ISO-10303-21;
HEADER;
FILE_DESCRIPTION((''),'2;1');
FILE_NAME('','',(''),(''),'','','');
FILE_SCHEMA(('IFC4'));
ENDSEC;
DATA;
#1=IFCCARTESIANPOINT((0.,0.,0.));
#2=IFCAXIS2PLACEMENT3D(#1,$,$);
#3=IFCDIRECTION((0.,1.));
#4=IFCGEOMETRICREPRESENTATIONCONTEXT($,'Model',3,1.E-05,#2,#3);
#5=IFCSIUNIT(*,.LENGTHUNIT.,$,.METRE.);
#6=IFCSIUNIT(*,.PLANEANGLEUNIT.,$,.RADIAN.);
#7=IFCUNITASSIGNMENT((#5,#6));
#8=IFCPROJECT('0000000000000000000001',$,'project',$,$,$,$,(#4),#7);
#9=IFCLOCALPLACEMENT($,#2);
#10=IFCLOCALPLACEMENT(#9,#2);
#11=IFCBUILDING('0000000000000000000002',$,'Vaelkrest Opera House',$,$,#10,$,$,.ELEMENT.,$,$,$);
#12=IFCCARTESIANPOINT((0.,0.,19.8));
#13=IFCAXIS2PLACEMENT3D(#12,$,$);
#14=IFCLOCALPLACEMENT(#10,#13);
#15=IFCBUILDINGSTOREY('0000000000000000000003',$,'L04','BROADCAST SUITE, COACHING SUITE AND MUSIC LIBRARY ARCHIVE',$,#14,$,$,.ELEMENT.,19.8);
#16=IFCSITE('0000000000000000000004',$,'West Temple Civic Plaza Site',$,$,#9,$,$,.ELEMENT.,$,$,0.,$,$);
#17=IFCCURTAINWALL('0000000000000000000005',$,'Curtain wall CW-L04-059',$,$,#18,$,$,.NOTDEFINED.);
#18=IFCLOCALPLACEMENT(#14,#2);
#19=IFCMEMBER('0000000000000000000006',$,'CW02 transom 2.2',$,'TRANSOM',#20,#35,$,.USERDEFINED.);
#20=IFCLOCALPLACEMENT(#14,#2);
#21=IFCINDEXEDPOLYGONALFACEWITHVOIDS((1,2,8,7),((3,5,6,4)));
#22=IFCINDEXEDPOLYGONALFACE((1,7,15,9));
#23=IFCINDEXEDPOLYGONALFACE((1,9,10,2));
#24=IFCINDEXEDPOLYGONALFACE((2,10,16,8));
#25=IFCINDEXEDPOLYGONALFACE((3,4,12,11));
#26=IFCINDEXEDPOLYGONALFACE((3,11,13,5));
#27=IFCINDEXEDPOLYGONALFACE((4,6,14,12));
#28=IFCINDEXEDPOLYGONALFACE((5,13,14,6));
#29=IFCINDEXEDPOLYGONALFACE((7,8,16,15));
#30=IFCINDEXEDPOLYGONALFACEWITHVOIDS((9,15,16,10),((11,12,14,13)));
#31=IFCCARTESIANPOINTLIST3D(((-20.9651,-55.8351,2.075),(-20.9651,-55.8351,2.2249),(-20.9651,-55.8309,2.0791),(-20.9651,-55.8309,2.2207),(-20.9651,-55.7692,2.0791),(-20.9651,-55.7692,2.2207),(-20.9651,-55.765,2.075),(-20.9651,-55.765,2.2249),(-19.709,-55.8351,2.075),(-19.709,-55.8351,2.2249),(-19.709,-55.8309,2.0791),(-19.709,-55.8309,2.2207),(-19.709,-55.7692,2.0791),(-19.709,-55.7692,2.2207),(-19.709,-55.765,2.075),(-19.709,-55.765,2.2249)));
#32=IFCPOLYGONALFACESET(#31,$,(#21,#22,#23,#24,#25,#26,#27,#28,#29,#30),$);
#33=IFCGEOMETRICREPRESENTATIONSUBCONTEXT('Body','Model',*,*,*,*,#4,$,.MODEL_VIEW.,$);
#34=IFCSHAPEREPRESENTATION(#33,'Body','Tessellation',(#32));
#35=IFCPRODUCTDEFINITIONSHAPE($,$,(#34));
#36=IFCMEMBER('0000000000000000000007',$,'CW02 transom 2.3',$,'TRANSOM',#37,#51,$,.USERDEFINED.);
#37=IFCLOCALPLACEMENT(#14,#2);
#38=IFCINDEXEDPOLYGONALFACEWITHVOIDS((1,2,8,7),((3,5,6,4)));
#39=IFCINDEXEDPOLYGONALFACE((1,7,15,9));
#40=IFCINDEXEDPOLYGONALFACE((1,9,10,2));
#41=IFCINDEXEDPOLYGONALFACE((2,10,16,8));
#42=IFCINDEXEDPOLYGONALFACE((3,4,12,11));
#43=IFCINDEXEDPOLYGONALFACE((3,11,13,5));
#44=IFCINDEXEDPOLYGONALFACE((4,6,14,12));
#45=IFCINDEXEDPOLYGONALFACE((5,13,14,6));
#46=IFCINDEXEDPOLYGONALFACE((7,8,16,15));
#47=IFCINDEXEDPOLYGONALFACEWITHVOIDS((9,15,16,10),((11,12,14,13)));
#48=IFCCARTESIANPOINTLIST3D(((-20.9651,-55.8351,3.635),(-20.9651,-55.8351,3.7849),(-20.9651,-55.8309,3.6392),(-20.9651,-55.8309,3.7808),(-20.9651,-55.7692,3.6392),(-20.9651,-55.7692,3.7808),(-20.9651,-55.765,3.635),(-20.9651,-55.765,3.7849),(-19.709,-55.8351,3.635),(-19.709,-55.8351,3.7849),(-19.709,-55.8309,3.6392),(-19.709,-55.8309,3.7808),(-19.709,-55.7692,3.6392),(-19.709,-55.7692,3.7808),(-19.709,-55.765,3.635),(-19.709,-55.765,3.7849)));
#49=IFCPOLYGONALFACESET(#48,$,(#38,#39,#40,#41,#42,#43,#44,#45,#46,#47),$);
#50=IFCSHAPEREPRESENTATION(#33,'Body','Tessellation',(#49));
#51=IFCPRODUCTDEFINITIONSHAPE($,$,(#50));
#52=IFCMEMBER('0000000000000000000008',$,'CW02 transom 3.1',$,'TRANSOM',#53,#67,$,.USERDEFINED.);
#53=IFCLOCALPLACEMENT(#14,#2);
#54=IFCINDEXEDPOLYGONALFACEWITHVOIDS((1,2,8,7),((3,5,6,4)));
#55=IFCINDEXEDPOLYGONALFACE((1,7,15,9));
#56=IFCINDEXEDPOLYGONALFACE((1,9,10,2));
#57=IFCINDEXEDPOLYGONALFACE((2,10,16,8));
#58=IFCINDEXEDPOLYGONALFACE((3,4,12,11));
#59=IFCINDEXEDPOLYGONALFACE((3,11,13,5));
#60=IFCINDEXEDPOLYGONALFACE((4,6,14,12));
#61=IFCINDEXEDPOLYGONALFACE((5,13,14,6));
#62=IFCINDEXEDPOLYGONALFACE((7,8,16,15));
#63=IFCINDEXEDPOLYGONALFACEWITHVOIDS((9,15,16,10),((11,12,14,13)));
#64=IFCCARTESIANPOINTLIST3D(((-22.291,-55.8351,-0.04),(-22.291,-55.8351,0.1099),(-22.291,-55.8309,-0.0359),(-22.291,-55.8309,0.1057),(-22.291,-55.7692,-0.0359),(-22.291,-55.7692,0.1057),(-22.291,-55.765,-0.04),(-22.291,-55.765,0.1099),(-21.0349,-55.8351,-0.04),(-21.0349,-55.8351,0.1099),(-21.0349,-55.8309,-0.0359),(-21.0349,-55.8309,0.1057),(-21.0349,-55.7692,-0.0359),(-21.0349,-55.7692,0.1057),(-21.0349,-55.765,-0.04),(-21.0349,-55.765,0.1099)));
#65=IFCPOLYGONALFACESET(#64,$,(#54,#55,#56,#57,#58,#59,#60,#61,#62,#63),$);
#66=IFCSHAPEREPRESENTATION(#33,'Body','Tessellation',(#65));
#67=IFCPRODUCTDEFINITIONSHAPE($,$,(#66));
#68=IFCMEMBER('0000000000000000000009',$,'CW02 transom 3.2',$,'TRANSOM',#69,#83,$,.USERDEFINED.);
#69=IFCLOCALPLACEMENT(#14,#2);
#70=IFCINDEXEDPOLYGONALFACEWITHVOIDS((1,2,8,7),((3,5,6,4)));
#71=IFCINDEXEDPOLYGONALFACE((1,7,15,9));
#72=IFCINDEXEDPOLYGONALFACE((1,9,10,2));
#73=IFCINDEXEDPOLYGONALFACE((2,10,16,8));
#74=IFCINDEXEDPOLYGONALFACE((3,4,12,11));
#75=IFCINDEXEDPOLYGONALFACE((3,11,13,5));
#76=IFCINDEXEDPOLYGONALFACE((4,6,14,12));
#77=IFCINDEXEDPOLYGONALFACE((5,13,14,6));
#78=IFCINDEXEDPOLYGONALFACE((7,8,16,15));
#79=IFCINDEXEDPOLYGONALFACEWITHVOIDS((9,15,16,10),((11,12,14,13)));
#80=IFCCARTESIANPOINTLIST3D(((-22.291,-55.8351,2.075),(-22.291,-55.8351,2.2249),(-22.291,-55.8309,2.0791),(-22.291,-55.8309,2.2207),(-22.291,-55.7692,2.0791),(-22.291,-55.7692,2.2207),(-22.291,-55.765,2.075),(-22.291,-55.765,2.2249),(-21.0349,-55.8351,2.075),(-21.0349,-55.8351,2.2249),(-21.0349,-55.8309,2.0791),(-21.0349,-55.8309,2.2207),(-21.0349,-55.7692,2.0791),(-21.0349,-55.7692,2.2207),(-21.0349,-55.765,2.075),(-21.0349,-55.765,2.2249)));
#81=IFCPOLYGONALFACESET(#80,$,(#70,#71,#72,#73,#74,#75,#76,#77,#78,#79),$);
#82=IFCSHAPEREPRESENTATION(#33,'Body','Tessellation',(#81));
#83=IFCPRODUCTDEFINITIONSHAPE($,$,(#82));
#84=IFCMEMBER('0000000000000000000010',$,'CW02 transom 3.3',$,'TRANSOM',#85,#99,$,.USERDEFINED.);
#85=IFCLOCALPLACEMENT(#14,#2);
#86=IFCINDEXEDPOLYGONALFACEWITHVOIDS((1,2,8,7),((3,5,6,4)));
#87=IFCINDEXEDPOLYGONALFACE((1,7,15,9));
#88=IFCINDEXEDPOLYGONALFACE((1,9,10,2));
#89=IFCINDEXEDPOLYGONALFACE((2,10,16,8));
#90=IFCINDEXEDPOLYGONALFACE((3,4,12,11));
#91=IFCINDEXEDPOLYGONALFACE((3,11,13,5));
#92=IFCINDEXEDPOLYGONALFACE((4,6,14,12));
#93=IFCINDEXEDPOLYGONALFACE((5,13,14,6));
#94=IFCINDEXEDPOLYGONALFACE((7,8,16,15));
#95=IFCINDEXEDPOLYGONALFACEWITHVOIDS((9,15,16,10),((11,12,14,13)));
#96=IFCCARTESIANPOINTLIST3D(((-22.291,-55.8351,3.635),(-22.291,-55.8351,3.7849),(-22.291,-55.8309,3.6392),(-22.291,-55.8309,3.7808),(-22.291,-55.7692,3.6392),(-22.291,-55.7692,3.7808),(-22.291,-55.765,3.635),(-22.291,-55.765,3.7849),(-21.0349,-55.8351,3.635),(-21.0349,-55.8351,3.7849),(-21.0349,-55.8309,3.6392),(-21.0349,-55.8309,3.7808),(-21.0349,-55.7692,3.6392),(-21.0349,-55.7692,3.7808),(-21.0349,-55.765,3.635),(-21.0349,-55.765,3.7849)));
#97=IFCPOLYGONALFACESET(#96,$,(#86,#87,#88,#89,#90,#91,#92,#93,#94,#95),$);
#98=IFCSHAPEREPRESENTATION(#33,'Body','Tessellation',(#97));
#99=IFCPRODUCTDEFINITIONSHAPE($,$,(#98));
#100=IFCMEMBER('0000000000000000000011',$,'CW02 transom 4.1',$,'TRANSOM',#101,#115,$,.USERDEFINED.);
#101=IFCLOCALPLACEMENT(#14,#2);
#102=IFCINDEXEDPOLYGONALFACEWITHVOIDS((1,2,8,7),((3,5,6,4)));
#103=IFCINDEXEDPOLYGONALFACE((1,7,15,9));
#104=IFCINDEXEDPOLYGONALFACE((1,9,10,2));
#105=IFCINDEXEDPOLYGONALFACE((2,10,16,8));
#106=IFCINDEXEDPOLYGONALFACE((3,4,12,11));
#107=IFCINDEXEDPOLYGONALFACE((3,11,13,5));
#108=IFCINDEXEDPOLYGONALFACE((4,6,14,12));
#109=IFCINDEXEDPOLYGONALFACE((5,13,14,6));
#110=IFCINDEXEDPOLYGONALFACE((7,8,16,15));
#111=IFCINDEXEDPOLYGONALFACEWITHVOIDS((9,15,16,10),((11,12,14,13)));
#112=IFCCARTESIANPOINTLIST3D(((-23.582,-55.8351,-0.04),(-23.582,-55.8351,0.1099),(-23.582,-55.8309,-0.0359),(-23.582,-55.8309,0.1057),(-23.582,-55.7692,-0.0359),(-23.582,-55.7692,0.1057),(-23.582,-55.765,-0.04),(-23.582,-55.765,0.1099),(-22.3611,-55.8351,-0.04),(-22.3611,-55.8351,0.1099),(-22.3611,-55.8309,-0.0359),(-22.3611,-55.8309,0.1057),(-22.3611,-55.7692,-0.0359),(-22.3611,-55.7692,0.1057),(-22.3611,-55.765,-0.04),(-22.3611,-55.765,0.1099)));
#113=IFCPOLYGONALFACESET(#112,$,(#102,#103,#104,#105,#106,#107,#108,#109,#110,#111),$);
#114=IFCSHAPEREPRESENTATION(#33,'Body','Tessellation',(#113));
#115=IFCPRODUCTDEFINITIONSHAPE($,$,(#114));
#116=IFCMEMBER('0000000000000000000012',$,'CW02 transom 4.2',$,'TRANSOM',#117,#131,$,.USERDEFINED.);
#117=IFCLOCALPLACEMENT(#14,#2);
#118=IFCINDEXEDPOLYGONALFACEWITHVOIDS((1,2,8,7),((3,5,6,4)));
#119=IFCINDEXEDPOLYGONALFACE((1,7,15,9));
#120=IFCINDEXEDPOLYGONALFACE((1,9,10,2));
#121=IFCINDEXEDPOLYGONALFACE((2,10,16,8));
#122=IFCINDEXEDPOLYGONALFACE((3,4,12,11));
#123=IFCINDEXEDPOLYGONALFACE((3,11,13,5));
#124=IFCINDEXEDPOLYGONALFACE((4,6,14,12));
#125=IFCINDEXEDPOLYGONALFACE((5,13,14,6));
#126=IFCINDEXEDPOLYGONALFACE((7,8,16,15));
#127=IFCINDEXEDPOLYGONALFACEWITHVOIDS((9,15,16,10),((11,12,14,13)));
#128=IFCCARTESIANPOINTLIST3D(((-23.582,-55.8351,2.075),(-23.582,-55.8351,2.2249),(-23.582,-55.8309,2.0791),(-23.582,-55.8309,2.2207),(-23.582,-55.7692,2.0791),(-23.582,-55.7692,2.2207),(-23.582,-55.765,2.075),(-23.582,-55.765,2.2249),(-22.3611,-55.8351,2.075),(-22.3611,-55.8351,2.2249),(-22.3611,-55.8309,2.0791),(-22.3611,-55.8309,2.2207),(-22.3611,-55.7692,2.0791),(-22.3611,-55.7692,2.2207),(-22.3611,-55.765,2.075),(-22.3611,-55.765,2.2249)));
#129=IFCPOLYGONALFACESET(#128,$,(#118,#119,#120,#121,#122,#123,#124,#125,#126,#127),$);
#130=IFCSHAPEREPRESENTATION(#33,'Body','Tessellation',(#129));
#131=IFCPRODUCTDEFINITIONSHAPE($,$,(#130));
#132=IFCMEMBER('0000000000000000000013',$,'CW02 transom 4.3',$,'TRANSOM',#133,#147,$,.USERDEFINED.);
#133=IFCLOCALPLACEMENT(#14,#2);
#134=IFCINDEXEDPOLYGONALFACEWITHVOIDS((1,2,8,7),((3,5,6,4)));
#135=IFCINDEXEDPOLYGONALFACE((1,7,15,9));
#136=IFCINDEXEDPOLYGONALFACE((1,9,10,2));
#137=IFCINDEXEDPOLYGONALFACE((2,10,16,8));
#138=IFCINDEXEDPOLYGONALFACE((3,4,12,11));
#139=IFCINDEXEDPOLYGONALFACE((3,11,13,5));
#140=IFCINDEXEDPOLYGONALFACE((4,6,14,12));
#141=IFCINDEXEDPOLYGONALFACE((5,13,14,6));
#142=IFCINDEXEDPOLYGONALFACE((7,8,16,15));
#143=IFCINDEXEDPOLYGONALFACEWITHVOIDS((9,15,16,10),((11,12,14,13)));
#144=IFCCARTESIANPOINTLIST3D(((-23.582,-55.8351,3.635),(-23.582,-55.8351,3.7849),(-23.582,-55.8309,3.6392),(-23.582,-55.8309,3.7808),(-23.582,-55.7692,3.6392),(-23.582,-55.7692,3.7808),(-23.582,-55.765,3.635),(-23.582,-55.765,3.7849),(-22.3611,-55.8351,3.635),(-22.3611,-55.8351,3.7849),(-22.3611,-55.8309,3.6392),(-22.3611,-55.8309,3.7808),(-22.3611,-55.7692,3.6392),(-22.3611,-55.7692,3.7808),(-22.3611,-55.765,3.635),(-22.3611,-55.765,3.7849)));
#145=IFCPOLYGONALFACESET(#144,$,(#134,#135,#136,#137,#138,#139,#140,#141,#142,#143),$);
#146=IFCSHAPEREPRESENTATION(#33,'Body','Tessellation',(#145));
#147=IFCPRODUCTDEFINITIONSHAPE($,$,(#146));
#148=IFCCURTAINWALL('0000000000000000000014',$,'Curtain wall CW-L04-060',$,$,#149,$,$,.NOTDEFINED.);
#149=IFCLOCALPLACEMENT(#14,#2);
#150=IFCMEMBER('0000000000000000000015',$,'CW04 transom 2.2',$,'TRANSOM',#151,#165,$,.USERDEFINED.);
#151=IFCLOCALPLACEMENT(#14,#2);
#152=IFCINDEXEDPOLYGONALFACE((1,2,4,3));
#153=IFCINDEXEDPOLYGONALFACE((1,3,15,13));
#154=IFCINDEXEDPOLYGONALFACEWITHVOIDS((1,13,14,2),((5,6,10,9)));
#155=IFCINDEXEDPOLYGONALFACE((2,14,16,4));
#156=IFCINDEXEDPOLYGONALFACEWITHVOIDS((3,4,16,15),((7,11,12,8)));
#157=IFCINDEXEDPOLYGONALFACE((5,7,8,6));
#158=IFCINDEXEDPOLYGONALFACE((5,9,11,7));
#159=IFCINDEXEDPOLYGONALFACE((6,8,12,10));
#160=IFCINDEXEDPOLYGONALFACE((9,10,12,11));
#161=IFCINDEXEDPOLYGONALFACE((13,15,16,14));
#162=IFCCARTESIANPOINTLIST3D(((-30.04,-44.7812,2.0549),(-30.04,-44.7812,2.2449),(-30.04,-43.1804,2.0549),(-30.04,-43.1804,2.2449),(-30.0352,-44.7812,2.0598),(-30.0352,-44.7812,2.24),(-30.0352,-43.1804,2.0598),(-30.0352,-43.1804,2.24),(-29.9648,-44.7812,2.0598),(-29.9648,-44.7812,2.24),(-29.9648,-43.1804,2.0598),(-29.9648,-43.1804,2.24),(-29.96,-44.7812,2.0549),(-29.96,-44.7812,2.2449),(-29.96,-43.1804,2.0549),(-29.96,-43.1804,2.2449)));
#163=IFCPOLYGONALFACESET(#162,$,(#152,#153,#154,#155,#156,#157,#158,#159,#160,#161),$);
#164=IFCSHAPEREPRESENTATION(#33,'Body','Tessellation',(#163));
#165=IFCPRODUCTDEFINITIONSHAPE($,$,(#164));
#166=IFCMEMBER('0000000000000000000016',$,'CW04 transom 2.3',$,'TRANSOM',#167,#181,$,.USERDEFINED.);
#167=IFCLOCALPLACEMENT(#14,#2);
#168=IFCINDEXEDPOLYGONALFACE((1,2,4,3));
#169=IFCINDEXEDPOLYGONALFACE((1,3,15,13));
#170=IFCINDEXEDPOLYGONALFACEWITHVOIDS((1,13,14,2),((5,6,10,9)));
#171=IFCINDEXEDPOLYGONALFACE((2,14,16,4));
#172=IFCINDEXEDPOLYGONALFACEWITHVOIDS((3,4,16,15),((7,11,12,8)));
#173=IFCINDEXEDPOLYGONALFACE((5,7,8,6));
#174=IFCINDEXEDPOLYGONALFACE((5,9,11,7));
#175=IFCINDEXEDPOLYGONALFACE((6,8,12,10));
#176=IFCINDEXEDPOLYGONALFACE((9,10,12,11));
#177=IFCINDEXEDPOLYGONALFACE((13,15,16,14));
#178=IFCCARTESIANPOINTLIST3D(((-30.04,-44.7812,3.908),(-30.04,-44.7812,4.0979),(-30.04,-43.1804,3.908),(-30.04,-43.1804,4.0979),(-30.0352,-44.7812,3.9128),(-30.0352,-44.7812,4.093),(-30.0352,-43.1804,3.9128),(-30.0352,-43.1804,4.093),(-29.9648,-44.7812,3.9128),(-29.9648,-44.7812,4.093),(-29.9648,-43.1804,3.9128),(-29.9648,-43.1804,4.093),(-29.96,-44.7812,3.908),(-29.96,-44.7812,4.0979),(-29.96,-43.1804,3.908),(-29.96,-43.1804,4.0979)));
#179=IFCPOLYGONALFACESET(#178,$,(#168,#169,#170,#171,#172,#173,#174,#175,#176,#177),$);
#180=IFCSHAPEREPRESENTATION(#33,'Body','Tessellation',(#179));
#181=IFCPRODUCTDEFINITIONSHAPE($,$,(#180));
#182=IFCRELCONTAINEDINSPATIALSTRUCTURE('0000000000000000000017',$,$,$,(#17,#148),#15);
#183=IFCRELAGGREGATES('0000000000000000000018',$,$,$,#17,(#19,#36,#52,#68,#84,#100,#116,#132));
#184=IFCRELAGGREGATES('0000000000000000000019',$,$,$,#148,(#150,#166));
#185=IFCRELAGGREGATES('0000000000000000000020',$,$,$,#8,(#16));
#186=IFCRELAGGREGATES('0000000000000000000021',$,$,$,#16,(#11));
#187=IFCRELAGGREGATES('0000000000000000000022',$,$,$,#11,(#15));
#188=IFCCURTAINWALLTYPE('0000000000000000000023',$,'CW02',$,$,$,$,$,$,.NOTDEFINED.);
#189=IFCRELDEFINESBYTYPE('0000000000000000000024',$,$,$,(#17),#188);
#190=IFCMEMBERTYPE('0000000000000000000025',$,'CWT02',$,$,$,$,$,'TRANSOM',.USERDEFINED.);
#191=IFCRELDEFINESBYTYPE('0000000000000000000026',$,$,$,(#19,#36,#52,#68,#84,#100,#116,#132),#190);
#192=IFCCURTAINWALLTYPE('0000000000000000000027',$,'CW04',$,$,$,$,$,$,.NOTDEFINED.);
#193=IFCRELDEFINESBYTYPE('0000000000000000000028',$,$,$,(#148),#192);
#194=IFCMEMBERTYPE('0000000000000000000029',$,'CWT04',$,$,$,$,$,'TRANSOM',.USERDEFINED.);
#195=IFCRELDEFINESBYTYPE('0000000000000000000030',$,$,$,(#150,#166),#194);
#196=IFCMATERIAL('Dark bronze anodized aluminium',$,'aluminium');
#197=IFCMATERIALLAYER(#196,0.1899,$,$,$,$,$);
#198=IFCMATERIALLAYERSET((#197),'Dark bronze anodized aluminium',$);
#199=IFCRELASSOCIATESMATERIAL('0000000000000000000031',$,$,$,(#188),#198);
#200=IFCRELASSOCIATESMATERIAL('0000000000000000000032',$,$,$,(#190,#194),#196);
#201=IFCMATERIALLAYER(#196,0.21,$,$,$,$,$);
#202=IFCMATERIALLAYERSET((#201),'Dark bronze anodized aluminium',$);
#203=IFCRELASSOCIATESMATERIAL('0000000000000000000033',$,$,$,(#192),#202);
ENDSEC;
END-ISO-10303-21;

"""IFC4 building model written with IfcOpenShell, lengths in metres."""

from ifc_helpers import new_model, si_unit, direction, frame, origin, origin_2d, place, context, subcontext, project, spatial, hollow_rectangle, extrude, material, layer, layer_set, material_profile, profile_set, type_object, element, aggregate, save


model = new_model("IFC4")

# Units and contexts
model_context = context("Model", 3, precision=1e-05, world=origin(), true_north=direction((0.0, 1.0)))
body_context = subcontext(model_context, "Body", "Model", "MODEL_VIEW")
ifc_project = project(units=[si_unit("LENGTHUNIT", "METRE"), si_unit("PLANEANGLEUNIT", "RADIAN")], contexts=[model_context])

# Site, building, storey
site_placement = place(None, origin())
site = spatial("IfcSite", under=ifc_project, at=site_placement, Name="West Temple Civic Plaza Site", CompositionType="ELEMENT", RefElevation=0.0)
building_placement = place(site_placement, origin())
building = spatial("IfcBuilding", under=site, at=building_placement, Name="Vaelkrest Opera House", CompositionType="ELEMENT")
storey_placement = place(building_placement, frame((0.0, 0.0, 19.8)))
storey = spatial("IfcBuildingStorey", under=building, at=storey_placement, Name="L04", Description="BROADCAST SUITE, COACHING SUITE AND MUSIC LIBRARY ARCHIVE", CompositionType="ELEMENT", Elevation=19.8)

# Curtain walls, members
ifc_material_1 = material(Name="Dark bronze anodized aluminium", Category="aluminium")
ifc_layer_1 = layer(ifc_material_1, 0.1899)
ifc_layer_set_1 = layer_set([ifc_layer_1], Name="Dark bronze anodized aluminium")
curtain_wall_type_1 = type_object("IfcCurtainWallType", Name="CW02", PredefinedType="NOTDEFINED", material=ifc_layer_set_1)
curtain_wall_1_placement = place(storey_placement, origin())
curtain_wall_1 = element("IfcCurtainWall", 1, at=curtain_wall_1_placement, inside=storey, type_object=curtain_wall_type_1, Name="Curtain wall CW-L04-059", PredefinedType="NOTDEFINED")
ifc_material_profile_1 = material_profile(ifc_material_1, hollow_rectangle(XDim=0.0701, YDim=0.1499, WallThickness=0.0042, at=origin_2d()), Name="CWT70X150")
ifc_profile_set_1 = profile_set([ifc_material_profile_1], Name="Dark bronze anodized aluminium")
member_type_1 = type_object("IfcMemberType", Name="CWT02", ElementType="TRANSOM", PredefinedType="USERDEFINED", material=ifc_profile_set_1)
member_1_placement = place(storey_placement, frame((-19.709, -55.8, 2.1499), z_axis=(-1.0, 0.0, 0.0), x_axis=(0.0, -1.0, 0.0)))
member_1 = element("IfcMember", 2, at=member_1_placement, type_object=member_type_1, Name="CW02 transom 2.2", ObjectType="TRANSOM", PredefinedType="USERDEFINED", context=body_context, shape_type="SweptSolid", body=[
    extrude(hollow_rectangle(XDim=0.0701, YDim=0.1499, WallThickness=0.0042, at=origin_2d()), origin(), (0.0, 0.0, 1.0), 1.2561),
])
member_2_placement = place(storey_placement, frame((-19.709, -55.8, 3.71), z_axis=(-1.0, 0.0, 0.0), x_axis=(0.0, -1.0, 0.0)))
member_2 = element("IfcMember", 3, at=member_2_placement, type_object=member_type_1, Name="CW02 transom 2.3", ObjectType="TRANSOM", PredefinedType="USERDEFINED", context=body_context, shape_type="SweptSolid", body=[
    extrude(hollow_rectangle(XDim=0.0701, YDim=0.1499, WallThickness=0.0042, at=origin_2d()), origin(), (0.0, 0.0, 1.0), 1.2561),
])
member_3_placement = place(storey_placement, frame((-21.0349, -55.8, 0.0349), z_axis=(-1.0, 0.0, 0.0), x_axis=(0.0, -1.0, 0.0)))
member_3 = element("IfcMember", 4, at=member_3_placement, type_object=member_type_1, Name="CW02 transom 3.1", ObjectType="TRANSOM", PredefinedType="USERDEFINED", context=body_context, shape_type="SweptSolid", body=[
    extrude(hollow_rectangle(XDim=0.0701, YDim=0.1499, WallThickness=0.0042, at=origin_2d()), origin(), (0.0, 0.0, 1.0), 1.2561),
])
member_4_placement = place(storey_placement, frame((-21.0349, -55.8, 2.1499), z_axis=(-1.0, 0.0, 0.0), x_axis=(0.0, -1.0, 0.0)))
member_4 = element("IfcMember", 5, at=member_4_placement, type_object=member_type_1, Name="CW02 transom 3.2", ObjectType="TRANSOM", PredefinedType="USERDEFINED", context=body_context, shape_type="SweptSolid", body=[
    extrude(hollow_rectangle(XDim=0.0701, YDim=0.1499, WallThickness=0.0042, at=origin_2d()), origin(), (0.0, 0.0, 1.0), 1.2561),
])
member_5_placement = place(storey_placement, frame((-21.0349, -55.8, 3.71), z_axis=(-1.0, 0.0, 0.0), x_axis=(0.0, -1.0, 0.0)))
member_5 = element("IfcMember", 6, at=member_5_placement, type_object=member_type_1, Name="CW02 transom 3.3", ObjectType="TRANSOM", PredefinedType="USERDEFINED", context=body_context, shape_type="SweptSolid", body=[
    extrude(hollow_rectangle(XDim=0.0701, YDim=0.1499, WallThickness=0.0042, at=origin_2d()), origin(), (0.0, 0.0, 1.0), 1.2561),
])
member_6_placement = place(storey_placement, frame((-22.3611, -55.8, 0.0349), z_axis=(-1.0, 0.0, 0.0), x_axis=(0.0, -1.0, 0.0)))
member_6 = element("IfcMember", 7, at=member_6_placement, type_object=member_type_1, Name="CW02 transom 4.1", ObjectType="TRANSOM", PredefinedType="USERDEFINED", context=body_context, shape_type="SweptSolid", body=[
    extrude(hollow_rectangle(XDim=0.0701, YDim=0.1499, WallThickness=0.0042, at=origin_2d()), origin(), (0.0, 0.0, 1.0), 1.2209),
])
member_7_placement = place(storey_placement, frame((-22.3611, -55.8, 2.1499), z_axis=(-1.0, 0.0, 0.0), x_axis=(0.0, -1.0, 0.0)))
member_7 = element("IfcMember", 8, at=member_7_placement, type_object=member_type_1, Name="CW02 transom 4.2", ObjectType="TRANSOM", PredefinedType="USERDEFINED", context=body_context, shape_type="SweptSolid", body=[
    extrude(hollow_rectangle(XDim=0.0701, YDim=0.1499, WallThickness=0.0042, at=origin_2d()), origin(), (0.0, 0.0, 1.0), 1.2209),
])
member_8_placement = place(storey_placement, frame((-22.3611, -55.8, 3.71), z_axis=(-1.0, 0.0, 0.0), x_axis=(0.0, -1.0, 0.0)))
member_8 = element("IfcMember", 9, at=member_8_placement, type_object=member_type_1, Name="CW02 transom 4.3", ObjectType="TRANSOM", PredefinedType="USERDEFINED", context=body_context, shape_type="SweptSolid", body=[
    extrude(hollow_rectangle(XDim=0.0701, YDim=0.1499, WallThickness=0.0042, at=origin_2d()), origin(), (0.0, 0.0, 1.0), 1.2209),
])
ifc_layer_2 = layer(ifc_material_1, 0.21)
ifc_layer_set_2 = layer_set([ifc_layer_2], Name="Dark bronze anodized aluminium")
curtain_wall_type_2 = type_object("IfcCurtainWallType", Name="CW04", PredefinedType="NOTDEFINED", material=ifc_layer_set_2)
curtain_wall_2_placement = place(storey_placement, origin())
curtain_wall_2 = element("IfcCurtainWall", 10, at=curtain_wall_2_placement, inside=storey, type_object=curtain_wall_type_2, Name="Curtain wall CW-L04-060", PredefinedType="NOTDEFINED")
ifc_material_profile_2 = material_profile(ifc_material_1, hollow_rectangle(XDim=0.0801, YDim=0.1899, WallThickness=0.0049, at=origin_2d()), Name="CWT80X190")
ifc_profile_set_2 = profile_set([ifc_material_profile_2], Name="Dark bronze anodized aluminium")
member_type_2 = type_object("IfcMemberType", Name="CWT04", ElementType="TRANSOM", PredefinedType="USERDEFINED", material=ifc_profile_set_2)
member_9_placement = place(storey_placement, frame((-30.0, -44.7812, 2.1499), z_axis=(0.0, 1.0, 0.0), x_axis=(-1.0, 0.0, 0.0)))
member_9 = element("IfcMember", 11, at=member_9_placement, type_object=member_type_2, Name="CW04 transom 2.2", ObjectType="TRANSOM", PredefinedType="USERDEFINED", context=body_context, shape_type="SweptSolid", body=[
    extrude(hollow_rectangle(XDim=0.0801, YDim=0.1899, WallThickness=0.0049, at=origin_2d()), origin(), (0.0, 0.0, 1.0), 1.6008),
])
member_10_placement = place(storey_placement, frame((-30.0, -44.7812, 4.0029), z_axis=(0.0, 1.0, 0.0), x_axis=(-1.0, 0.0, 0.0)))
member_10 = element("IfcMember", 12, at=member_10_placement, type_object=member_type_2, Name="CW04 transom 2.3", ObjectType="TRANSOM", PredefinedType="USERDEFINED", context=body_context, shape_type="SweptSolid", body=[
    extrude(hollow_rectangle(XDim=0.0801, YDim=0.1899, WallThickness=0.0049, at=origin_2d()), origin(), (0.0, 0.0, 1.0), 1.6008),
])

aggregate(curtain_wall_1, [member_1, member_2, member_3, member_4, member_5, member_6, member_7, member_8])
aggregate(curtain_wall_2, [member_9, member_10])

save(model, "model.ifc")
